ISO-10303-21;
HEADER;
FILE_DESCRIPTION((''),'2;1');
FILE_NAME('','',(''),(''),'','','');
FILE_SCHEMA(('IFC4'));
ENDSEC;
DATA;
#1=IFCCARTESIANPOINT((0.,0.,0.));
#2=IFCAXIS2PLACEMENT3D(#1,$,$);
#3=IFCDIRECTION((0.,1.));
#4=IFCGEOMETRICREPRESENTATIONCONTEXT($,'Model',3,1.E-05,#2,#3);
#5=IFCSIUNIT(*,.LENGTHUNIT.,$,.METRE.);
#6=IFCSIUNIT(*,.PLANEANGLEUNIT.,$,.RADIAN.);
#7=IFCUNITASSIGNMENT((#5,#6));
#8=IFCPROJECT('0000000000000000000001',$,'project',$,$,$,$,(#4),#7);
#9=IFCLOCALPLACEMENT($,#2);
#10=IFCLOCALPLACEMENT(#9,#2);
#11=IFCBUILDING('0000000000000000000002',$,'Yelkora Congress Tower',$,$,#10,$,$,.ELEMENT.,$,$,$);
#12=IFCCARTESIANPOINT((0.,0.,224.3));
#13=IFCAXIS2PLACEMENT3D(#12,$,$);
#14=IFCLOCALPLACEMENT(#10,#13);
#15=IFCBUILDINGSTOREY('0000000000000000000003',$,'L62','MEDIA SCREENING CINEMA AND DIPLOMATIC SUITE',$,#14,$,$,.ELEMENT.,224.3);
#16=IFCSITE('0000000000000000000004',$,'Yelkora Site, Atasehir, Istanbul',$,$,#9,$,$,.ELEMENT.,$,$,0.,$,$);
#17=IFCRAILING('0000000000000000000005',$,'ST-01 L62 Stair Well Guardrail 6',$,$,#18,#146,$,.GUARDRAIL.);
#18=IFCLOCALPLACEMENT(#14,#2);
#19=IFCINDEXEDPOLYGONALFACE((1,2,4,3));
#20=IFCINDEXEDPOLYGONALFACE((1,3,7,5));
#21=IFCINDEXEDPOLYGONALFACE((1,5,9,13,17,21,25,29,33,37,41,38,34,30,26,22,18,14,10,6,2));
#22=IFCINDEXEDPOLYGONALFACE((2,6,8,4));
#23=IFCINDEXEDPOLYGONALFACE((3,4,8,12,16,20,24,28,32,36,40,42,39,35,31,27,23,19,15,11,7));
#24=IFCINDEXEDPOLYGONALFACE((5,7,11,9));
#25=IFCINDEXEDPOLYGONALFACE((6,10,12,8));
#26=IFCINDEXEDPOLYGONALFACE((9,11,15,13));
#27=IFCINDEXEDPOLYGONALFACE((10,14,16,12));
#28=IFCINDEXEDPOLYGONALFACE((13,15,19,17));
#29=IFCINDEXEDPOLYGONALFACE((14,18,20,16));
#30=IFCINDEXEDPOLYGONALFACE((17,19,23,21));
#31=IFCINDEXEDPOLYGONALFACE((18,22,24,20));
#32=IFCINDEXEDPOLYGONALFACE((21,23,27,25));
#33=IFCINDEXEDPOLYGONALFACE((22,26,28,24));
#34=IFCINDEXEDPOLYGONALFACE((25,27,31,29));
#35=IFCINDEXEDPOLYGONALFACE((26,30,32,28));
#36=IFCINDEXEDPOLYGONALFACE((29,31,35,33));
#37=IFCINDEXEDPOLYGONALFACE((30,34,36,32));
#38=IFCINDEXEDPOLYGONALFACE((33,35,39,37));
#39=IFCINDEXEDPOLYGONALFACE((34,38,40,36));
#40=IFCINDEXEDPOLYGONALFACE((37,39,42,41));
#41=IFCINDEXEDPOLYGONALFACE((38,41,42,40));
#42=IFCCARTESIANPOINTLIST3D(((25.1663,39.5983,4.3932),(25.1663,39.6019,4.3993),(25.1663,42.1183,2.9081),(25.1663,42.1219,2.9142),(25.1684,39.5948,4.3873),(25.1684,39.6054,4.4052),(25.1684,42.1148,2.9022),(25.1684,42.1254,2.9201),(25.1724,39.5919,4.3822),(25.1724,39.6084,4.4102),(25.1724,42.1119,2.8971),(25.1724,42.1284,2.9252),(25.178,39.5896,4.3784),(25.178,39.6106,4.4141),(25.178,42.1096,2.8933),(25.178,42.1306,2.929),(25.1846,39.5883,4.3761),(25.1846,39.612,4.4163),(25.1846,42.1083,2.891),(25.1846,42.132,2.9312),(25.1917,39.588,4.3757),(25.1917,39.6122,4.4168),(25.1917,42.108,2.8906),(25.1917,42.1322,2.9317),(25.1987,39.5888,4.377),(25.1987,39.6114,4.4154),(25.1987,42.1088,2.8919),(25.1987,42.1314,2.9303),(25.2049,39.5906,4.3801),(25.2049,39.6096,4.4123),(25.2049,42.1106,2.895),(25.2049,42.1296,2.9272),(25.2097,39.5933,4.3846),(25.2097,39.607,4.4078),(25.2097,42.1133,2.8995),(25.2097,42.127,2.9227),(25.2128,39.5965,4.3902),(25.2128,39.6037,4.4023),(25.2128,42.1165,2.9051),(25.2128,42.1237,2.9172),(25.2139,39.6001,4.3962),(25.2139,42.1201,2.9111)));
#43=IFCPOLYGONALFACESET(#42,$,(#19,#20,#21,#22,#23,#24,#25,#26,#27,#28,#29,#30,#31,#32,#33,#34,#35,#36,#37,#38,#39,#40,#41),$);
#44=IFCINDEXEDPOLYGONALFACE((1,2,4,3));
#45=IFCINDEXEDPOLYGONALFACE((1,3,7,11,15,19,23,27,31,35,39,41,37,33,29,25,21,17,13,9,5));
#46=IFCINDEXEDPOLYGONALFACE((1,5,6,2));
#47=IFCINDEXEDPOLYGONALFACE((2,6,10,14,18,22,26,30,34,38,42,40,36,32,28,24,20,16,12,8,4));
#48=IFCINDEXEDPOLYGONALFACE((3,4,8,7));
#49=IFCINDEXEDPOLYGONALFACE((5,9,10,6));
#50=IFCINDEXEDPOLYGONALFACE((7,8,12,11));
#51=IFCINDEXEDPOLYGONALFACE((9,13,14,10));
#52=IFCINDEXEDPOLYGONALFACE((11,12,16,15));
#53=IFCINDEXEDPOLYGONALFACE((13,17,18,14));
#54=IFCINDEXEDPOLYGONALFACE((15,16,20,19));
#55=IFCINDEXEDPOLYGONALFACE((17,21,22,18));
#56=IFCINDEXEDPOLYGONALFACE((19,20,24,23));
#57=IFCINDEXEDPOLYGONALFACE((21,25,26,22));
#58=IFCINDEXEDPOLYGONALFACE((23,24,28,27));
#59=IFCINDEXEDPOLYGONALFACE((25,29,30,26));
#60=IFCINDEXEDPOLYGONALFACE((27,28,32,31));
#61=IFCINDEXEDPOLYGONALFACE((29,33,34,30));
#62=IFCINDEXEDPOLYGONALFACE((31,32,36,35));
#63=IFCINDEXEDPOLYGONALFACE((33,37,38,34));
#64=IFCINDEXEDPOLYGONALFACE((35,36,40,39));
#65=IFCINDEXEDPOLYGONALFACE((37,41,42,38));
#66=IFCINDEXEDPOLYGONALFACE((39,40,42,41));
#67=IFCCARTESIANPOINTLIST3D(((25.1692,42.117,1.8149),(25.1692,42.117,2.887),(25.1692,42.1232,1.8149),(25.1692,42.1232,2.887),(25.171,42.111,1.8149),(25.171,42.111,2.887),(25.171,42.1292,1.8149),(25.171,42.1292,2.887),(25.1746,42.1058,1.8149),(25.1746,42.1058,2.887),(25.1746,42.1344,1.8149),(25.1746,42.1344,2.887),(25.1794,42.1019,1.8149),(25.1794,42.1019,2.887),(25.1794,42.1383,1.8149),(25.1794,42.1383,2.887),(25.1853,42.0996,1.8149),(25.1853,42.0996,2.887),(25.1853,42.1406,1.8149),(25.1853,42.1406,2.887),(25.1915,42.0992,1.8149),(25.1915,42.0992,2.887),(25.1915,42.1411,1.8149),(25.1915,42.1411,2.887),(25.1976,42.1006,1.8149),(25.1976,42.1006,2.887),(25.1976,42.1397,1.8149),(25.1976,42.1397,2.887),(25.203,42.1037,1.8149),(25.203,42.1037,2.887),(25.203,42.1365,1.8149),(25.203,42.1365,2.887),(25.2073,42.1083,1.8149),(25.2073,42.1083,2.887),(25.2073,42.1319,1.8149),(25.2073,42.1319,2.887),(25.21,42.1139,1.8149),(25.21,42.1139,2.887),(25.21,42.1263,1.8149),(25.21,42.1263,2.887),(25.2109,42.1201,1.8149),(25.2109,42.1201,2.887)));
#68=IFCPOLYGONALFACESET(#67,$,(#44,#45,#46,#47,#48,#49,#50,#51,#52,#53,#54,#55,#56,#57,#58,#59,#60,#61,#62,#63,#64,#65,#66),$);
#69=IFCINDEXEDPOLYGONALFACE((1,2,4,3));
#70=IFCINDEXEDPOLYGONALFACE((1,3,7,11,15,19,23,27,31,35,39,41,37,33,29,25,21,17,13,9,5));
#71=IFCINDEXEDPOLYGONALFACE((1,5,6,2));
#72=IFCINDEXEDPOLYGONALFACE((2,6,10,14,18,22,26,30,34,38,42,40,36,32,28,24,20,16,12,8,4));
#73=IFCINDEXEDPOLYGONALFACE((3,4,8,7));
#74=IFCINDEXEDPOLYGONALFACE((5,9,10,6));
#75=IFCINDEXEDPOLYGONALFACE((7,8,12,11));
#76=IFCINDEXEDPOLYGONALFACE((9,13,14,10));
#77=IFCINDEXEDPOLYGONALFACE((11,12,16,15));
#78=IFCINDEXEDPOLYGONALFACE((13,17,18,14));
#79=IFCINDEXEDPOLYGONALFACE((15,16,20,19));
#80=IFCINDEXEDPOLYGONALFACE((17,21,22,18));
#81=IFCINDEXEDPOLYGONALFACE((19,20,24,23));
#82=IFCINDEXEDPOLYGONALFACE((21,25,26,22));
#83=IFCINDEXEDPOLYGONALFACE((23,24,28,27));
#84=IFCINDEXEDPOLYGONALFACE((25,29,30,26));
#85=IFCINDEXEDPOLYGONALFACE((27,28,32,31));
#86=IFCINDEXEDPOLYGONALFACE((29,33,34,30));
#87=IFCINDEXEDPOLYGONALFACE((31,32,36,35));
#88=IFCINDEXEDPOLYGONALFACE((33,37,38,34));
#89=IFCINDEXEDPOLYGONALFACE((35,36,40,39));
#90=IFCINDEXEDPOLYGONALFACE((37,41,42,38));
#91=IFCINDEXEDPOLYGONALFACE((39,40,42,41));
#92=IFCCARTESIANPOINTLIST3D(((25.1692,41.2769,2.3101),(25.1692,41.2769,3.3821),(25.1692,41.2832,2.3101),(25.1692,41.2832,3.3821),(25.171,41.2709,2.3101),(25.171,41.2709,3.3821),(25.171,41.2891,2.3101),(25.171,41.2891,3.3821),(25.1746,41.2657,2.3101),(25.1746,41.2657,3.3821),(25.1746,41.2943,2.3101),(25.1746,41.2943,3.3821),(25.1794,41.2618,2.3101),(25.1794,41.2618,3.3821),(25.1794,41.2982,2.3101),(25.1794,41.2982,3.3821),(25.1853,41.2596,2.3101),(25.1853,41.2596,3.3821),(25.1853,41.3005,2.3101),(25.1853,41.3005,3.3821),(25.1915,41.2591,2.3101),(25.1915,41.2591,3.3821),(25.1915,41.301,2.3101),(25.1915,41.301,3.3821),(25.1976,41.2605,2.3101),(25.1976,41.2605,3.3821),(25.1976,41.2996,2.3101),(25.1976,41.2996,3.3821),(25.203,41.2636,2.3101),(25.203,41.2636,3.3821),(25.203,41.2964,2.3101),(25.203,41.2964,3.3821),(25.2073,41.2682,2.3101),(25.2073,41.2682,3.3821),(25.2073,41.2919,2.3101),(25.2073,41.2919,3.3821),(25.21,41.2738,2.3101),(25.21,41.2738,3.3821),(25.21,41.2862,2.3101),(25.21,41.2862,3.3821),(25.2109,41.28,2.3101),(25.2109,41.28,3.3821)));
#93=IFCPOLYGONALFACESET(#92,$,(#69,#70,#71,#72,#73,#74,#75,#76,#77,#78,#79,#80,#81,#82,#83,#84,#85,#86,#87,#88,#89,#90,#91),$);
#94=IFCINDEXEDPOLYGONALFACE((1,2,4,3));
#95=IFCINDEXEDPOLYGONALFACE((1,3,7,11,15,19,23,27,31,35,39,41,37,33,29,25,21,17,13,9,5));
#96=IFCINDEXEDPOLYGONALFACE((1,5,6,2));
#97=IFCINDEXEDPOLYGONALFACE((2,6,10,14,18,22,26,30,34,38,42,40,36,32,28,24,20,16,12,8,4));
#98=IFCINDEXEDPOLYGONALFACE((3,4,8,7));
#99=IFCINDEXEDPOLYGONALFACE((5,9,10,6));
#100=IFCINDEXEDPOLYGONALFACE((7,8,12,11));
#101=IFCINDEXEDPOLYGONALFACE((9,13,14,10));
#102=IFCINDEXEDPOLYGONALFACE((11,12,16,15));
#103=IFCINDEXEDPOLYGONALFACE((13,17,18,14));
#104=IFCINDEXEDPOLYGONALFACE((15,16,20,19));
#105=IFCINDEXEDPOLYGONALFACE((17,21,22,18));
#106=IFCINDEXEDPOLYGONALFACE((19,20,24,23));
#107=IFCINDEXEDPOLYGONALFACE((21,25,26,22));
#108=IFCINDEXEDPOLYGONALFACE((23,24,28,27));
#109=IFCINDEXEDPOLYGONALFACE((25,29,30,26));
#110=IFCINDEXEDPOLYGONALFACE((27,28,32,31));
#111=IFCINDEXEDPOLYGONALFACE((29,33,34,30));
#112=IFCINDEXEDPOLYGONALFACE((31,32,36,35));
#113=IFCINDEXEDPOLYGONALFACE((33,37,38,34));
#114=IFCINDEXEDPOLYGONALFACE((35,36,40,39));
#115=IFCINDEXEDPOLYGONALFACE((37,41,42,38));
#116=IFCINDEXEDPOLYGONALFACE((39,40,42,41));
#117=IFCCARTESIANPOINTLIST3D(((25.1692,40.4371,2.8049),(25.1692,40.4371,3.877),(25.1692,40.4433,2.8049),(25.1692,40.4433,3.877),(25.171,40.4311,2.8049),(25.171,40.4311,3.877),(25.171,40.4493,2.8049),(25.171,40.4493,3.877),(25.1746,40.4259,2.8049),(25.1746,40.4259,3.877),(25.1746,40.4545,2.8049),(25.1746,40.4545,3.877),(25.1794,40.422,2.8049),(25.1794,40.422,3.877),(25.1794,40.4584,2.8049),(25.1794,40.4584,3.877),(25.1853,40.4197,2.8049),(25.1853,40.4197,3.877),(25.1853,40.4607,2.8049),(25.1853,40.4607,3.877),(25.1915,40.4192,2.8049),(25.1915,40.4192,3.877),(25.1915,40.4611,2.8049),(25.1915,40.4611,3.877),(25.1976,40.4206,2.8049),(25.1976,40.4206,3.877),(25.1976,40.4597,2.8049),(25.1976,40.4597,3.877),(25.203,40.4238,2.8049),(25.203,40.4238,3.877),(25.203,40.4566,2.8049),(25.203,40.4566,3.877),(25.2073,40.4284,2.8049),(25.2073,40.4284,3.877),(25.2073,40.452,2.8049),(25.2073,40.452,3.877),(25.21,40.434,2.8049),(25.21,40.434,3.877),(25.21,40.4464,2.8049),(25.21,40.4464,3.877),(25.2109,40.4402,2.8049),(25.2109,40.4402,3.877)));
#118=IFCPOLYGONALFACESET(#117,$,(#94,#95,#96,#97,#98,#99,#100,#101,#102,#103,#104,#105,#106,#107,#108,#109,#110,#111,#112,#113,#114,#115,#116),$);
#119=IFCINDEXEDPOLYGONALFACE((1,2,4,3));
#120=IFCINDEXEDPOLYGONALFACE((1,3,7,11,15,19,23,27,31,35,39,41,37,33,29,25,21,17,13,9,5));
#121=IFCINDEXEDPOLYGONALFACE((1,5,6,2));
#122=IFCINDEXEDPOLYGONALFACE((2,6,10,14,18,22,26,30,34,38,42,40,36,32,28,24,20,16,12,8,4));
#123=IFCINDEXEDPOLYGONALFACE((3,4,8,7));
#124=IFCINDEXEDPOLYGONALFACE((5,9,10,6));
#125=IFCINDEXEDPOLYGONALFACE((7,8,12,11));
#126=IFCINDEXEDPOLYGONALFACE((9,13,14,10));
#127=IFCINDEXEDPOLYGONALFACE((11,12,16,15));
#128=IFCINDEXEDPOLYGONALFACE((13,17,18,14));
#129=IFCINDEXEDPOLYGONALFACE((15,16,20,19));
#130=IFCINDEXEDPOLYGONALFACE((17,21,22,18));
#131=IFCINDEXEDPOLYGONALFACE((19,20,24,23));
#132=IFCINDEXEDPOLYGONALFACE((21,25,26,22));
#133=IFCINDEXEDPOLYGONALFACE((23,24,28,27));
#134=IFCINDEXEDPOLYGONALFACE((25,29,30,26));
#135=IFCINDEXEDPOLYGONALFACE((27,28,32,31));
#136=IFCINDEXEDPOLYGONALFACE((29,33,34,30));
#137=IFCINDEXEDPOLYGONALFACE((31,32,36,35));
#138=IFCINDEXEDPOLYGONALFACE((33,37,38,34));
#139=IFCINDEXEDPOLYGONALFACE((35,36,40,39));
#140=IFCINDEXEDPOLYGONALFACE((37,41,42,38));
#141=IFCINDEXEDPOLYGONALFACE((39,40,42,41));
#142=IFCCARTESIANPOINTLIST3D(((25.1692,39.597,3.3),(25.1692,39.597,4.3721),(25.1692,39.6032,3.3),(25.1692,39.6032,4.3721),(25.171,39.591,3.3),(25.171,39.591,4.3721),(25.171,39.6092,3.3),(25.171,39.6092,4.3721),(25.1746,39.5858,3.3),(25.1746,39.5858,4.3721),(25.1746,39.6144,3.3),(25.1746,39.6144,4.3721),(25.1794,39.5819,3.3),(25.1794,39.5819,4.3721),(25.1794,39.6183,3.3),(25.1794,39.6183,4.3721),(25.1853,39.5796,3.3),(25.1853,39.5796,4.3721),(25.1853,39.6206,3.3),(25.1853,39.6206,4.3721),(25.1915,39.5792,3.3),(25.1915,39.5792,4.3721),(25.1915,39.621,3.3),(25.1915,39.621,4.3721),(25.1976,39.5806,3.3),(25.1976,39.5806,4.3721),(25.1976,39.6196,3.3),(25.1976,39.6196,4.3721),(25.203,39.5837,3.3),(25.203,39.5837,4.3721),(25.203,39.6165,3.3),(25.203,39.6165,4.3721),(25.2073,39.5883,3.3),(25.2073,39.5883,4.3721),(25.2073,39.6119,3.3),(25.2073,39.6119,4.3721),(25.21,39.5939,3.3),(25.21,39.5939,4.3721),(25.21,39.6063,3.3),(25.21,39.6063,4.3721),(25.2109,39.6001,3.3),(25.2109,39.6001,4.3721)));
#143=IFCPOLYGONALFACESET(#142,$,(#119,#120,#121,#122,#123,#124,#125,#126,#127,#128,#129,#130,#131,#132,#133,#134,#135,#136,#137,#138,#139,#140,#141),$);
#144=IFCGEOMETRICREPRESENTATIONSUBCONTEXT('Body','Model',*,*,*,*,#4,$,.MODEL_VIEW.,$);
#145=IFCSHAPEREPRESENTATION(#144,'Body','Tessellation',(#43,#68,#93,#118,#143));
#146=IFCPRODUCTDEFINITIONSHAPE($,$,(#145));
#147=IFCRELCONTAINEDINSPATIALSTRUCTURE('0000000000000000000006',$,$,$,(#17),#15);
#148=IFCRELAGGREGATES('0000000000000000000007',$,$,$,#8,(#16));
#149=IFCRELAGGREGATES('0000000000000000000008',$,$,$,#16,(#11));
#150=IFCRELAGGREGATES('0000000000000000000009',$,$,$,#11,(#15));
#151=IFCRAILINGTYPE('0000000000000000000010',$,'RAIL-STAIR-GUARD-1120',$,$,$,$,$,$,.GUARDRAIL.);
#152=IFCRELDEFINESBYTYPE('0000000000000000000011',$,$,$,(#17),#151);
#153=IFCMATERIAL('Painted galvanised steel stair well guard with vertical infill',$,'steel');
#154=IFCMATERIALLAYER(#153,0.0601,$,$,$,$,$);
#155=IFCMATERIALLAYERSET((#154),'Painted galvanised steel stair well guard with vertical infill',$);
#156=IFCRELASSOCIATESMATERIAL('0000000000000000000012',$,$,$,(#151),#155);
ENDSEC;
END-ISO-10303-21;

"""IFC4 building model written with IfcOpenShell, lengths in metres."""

from ifc_helpers import new_model, si_unit, direction, frame, origin, origin_2d, place, context, subcontext, project, spatial, circle, extrude, material, layer, layer_set, type_object, element, save


model = new_model("IFC4")

# Units and contexts
model_context = context("Model", 3, precision=1e-05, world=origin(), true_north=direction((0.0, 1.0)))
body_context = subcontext(model_context, "Body", "Model", "MODEL_VIEW")
ifc_project = project(units=[si_unit("LENGTHUNIT", "METRE"), si_unit("PLANEANGLEUNIT", "RADIAN")], contexts=[model_context])

# Site, building, storey
site_placement = place(None, origin())
site = spatial("IfcSite", under=ifc_project, at=site_placement, Name="Yelkora Site, Atasehir, Istanbul", CompositionType="ELEMENT", RefElevation=0.0)
building_placement = place(site_placement, origin())
building = spatial("IfcBuilding", under=site, at=building_placement, Name="Yelkora Congress Tower", CompositionType="ELEMENT")
storey_placement = place(building_placement, frame((0.0, 0.0, 224.3)))
storey = spatial("IfcBuildingStorey", under=building, at=storey_placement, Name="L62", Description="MEDIA SCREENING CINEMA AND DIPLOMATIC SUITE", CompositionType="ELEMENT", Elevation=224.3)

# Railing
ifc_material_1 = material(Name="Painted galvanised steel stair well guard with vertical infill", Category="steel")
ifc_layer_1 = layer(ifc_material_1, 0.0601)
ifc_layer_set_1 = layer_set([ifc_layer_1], Name="Painted galvanised steel stair well guard with vertical infill")
railing_type = type_object("IfcRailingType", Name="RAIL-STAIR-GUARD-1120", PredefinedType="GUARDRAIL", material=ifc_layer_set_1)
railing_1_placement = place(storey_placement, frame((25.1899, 42.1201, 1.8149)))
element("IfcRailing", 1, at=railing_1_placement, inside=storey, type_object=railing_type, Name="ST-01 L62 Stair Well Guardrail 6", PredefinedType="GUARDRAIL", context=body_context, shape_type="SweptSolid", body=[
    extrude(circle(Radius=0.0239, at=origin_2d()), frame((0.0, 0.0, 1.0962), z_axis=(0.0, -0.861524, 0.507717), x_axis=(1.0, 0.0, 0.0)), (0.0, 0.0, 1.0), 2.925),
    extrude(circle(Radius=0.021, at=origin_2d()), origin(), (0.0, 0.0, 1.0), 1.072),
    extrude(circle(Radius=0.021, at=origin_2d()), frame((0.0, -0.8401, 0.4951)), (0.0, 0.0, 1.0), 1.072),
    extrude(circle(Radius=0.021, at=origin_2d()), frame((0.0, -1.6799, 0.99)), (0.0, 0.0, 1.0), 1.072),
    extrude(circle(Radius=0.021, at=origin_2d()), frame((0.0, -2.52, 1.4851)), (0.0, 0.0, 1.0), 1.072),
])

save(model, "model.ifc")
